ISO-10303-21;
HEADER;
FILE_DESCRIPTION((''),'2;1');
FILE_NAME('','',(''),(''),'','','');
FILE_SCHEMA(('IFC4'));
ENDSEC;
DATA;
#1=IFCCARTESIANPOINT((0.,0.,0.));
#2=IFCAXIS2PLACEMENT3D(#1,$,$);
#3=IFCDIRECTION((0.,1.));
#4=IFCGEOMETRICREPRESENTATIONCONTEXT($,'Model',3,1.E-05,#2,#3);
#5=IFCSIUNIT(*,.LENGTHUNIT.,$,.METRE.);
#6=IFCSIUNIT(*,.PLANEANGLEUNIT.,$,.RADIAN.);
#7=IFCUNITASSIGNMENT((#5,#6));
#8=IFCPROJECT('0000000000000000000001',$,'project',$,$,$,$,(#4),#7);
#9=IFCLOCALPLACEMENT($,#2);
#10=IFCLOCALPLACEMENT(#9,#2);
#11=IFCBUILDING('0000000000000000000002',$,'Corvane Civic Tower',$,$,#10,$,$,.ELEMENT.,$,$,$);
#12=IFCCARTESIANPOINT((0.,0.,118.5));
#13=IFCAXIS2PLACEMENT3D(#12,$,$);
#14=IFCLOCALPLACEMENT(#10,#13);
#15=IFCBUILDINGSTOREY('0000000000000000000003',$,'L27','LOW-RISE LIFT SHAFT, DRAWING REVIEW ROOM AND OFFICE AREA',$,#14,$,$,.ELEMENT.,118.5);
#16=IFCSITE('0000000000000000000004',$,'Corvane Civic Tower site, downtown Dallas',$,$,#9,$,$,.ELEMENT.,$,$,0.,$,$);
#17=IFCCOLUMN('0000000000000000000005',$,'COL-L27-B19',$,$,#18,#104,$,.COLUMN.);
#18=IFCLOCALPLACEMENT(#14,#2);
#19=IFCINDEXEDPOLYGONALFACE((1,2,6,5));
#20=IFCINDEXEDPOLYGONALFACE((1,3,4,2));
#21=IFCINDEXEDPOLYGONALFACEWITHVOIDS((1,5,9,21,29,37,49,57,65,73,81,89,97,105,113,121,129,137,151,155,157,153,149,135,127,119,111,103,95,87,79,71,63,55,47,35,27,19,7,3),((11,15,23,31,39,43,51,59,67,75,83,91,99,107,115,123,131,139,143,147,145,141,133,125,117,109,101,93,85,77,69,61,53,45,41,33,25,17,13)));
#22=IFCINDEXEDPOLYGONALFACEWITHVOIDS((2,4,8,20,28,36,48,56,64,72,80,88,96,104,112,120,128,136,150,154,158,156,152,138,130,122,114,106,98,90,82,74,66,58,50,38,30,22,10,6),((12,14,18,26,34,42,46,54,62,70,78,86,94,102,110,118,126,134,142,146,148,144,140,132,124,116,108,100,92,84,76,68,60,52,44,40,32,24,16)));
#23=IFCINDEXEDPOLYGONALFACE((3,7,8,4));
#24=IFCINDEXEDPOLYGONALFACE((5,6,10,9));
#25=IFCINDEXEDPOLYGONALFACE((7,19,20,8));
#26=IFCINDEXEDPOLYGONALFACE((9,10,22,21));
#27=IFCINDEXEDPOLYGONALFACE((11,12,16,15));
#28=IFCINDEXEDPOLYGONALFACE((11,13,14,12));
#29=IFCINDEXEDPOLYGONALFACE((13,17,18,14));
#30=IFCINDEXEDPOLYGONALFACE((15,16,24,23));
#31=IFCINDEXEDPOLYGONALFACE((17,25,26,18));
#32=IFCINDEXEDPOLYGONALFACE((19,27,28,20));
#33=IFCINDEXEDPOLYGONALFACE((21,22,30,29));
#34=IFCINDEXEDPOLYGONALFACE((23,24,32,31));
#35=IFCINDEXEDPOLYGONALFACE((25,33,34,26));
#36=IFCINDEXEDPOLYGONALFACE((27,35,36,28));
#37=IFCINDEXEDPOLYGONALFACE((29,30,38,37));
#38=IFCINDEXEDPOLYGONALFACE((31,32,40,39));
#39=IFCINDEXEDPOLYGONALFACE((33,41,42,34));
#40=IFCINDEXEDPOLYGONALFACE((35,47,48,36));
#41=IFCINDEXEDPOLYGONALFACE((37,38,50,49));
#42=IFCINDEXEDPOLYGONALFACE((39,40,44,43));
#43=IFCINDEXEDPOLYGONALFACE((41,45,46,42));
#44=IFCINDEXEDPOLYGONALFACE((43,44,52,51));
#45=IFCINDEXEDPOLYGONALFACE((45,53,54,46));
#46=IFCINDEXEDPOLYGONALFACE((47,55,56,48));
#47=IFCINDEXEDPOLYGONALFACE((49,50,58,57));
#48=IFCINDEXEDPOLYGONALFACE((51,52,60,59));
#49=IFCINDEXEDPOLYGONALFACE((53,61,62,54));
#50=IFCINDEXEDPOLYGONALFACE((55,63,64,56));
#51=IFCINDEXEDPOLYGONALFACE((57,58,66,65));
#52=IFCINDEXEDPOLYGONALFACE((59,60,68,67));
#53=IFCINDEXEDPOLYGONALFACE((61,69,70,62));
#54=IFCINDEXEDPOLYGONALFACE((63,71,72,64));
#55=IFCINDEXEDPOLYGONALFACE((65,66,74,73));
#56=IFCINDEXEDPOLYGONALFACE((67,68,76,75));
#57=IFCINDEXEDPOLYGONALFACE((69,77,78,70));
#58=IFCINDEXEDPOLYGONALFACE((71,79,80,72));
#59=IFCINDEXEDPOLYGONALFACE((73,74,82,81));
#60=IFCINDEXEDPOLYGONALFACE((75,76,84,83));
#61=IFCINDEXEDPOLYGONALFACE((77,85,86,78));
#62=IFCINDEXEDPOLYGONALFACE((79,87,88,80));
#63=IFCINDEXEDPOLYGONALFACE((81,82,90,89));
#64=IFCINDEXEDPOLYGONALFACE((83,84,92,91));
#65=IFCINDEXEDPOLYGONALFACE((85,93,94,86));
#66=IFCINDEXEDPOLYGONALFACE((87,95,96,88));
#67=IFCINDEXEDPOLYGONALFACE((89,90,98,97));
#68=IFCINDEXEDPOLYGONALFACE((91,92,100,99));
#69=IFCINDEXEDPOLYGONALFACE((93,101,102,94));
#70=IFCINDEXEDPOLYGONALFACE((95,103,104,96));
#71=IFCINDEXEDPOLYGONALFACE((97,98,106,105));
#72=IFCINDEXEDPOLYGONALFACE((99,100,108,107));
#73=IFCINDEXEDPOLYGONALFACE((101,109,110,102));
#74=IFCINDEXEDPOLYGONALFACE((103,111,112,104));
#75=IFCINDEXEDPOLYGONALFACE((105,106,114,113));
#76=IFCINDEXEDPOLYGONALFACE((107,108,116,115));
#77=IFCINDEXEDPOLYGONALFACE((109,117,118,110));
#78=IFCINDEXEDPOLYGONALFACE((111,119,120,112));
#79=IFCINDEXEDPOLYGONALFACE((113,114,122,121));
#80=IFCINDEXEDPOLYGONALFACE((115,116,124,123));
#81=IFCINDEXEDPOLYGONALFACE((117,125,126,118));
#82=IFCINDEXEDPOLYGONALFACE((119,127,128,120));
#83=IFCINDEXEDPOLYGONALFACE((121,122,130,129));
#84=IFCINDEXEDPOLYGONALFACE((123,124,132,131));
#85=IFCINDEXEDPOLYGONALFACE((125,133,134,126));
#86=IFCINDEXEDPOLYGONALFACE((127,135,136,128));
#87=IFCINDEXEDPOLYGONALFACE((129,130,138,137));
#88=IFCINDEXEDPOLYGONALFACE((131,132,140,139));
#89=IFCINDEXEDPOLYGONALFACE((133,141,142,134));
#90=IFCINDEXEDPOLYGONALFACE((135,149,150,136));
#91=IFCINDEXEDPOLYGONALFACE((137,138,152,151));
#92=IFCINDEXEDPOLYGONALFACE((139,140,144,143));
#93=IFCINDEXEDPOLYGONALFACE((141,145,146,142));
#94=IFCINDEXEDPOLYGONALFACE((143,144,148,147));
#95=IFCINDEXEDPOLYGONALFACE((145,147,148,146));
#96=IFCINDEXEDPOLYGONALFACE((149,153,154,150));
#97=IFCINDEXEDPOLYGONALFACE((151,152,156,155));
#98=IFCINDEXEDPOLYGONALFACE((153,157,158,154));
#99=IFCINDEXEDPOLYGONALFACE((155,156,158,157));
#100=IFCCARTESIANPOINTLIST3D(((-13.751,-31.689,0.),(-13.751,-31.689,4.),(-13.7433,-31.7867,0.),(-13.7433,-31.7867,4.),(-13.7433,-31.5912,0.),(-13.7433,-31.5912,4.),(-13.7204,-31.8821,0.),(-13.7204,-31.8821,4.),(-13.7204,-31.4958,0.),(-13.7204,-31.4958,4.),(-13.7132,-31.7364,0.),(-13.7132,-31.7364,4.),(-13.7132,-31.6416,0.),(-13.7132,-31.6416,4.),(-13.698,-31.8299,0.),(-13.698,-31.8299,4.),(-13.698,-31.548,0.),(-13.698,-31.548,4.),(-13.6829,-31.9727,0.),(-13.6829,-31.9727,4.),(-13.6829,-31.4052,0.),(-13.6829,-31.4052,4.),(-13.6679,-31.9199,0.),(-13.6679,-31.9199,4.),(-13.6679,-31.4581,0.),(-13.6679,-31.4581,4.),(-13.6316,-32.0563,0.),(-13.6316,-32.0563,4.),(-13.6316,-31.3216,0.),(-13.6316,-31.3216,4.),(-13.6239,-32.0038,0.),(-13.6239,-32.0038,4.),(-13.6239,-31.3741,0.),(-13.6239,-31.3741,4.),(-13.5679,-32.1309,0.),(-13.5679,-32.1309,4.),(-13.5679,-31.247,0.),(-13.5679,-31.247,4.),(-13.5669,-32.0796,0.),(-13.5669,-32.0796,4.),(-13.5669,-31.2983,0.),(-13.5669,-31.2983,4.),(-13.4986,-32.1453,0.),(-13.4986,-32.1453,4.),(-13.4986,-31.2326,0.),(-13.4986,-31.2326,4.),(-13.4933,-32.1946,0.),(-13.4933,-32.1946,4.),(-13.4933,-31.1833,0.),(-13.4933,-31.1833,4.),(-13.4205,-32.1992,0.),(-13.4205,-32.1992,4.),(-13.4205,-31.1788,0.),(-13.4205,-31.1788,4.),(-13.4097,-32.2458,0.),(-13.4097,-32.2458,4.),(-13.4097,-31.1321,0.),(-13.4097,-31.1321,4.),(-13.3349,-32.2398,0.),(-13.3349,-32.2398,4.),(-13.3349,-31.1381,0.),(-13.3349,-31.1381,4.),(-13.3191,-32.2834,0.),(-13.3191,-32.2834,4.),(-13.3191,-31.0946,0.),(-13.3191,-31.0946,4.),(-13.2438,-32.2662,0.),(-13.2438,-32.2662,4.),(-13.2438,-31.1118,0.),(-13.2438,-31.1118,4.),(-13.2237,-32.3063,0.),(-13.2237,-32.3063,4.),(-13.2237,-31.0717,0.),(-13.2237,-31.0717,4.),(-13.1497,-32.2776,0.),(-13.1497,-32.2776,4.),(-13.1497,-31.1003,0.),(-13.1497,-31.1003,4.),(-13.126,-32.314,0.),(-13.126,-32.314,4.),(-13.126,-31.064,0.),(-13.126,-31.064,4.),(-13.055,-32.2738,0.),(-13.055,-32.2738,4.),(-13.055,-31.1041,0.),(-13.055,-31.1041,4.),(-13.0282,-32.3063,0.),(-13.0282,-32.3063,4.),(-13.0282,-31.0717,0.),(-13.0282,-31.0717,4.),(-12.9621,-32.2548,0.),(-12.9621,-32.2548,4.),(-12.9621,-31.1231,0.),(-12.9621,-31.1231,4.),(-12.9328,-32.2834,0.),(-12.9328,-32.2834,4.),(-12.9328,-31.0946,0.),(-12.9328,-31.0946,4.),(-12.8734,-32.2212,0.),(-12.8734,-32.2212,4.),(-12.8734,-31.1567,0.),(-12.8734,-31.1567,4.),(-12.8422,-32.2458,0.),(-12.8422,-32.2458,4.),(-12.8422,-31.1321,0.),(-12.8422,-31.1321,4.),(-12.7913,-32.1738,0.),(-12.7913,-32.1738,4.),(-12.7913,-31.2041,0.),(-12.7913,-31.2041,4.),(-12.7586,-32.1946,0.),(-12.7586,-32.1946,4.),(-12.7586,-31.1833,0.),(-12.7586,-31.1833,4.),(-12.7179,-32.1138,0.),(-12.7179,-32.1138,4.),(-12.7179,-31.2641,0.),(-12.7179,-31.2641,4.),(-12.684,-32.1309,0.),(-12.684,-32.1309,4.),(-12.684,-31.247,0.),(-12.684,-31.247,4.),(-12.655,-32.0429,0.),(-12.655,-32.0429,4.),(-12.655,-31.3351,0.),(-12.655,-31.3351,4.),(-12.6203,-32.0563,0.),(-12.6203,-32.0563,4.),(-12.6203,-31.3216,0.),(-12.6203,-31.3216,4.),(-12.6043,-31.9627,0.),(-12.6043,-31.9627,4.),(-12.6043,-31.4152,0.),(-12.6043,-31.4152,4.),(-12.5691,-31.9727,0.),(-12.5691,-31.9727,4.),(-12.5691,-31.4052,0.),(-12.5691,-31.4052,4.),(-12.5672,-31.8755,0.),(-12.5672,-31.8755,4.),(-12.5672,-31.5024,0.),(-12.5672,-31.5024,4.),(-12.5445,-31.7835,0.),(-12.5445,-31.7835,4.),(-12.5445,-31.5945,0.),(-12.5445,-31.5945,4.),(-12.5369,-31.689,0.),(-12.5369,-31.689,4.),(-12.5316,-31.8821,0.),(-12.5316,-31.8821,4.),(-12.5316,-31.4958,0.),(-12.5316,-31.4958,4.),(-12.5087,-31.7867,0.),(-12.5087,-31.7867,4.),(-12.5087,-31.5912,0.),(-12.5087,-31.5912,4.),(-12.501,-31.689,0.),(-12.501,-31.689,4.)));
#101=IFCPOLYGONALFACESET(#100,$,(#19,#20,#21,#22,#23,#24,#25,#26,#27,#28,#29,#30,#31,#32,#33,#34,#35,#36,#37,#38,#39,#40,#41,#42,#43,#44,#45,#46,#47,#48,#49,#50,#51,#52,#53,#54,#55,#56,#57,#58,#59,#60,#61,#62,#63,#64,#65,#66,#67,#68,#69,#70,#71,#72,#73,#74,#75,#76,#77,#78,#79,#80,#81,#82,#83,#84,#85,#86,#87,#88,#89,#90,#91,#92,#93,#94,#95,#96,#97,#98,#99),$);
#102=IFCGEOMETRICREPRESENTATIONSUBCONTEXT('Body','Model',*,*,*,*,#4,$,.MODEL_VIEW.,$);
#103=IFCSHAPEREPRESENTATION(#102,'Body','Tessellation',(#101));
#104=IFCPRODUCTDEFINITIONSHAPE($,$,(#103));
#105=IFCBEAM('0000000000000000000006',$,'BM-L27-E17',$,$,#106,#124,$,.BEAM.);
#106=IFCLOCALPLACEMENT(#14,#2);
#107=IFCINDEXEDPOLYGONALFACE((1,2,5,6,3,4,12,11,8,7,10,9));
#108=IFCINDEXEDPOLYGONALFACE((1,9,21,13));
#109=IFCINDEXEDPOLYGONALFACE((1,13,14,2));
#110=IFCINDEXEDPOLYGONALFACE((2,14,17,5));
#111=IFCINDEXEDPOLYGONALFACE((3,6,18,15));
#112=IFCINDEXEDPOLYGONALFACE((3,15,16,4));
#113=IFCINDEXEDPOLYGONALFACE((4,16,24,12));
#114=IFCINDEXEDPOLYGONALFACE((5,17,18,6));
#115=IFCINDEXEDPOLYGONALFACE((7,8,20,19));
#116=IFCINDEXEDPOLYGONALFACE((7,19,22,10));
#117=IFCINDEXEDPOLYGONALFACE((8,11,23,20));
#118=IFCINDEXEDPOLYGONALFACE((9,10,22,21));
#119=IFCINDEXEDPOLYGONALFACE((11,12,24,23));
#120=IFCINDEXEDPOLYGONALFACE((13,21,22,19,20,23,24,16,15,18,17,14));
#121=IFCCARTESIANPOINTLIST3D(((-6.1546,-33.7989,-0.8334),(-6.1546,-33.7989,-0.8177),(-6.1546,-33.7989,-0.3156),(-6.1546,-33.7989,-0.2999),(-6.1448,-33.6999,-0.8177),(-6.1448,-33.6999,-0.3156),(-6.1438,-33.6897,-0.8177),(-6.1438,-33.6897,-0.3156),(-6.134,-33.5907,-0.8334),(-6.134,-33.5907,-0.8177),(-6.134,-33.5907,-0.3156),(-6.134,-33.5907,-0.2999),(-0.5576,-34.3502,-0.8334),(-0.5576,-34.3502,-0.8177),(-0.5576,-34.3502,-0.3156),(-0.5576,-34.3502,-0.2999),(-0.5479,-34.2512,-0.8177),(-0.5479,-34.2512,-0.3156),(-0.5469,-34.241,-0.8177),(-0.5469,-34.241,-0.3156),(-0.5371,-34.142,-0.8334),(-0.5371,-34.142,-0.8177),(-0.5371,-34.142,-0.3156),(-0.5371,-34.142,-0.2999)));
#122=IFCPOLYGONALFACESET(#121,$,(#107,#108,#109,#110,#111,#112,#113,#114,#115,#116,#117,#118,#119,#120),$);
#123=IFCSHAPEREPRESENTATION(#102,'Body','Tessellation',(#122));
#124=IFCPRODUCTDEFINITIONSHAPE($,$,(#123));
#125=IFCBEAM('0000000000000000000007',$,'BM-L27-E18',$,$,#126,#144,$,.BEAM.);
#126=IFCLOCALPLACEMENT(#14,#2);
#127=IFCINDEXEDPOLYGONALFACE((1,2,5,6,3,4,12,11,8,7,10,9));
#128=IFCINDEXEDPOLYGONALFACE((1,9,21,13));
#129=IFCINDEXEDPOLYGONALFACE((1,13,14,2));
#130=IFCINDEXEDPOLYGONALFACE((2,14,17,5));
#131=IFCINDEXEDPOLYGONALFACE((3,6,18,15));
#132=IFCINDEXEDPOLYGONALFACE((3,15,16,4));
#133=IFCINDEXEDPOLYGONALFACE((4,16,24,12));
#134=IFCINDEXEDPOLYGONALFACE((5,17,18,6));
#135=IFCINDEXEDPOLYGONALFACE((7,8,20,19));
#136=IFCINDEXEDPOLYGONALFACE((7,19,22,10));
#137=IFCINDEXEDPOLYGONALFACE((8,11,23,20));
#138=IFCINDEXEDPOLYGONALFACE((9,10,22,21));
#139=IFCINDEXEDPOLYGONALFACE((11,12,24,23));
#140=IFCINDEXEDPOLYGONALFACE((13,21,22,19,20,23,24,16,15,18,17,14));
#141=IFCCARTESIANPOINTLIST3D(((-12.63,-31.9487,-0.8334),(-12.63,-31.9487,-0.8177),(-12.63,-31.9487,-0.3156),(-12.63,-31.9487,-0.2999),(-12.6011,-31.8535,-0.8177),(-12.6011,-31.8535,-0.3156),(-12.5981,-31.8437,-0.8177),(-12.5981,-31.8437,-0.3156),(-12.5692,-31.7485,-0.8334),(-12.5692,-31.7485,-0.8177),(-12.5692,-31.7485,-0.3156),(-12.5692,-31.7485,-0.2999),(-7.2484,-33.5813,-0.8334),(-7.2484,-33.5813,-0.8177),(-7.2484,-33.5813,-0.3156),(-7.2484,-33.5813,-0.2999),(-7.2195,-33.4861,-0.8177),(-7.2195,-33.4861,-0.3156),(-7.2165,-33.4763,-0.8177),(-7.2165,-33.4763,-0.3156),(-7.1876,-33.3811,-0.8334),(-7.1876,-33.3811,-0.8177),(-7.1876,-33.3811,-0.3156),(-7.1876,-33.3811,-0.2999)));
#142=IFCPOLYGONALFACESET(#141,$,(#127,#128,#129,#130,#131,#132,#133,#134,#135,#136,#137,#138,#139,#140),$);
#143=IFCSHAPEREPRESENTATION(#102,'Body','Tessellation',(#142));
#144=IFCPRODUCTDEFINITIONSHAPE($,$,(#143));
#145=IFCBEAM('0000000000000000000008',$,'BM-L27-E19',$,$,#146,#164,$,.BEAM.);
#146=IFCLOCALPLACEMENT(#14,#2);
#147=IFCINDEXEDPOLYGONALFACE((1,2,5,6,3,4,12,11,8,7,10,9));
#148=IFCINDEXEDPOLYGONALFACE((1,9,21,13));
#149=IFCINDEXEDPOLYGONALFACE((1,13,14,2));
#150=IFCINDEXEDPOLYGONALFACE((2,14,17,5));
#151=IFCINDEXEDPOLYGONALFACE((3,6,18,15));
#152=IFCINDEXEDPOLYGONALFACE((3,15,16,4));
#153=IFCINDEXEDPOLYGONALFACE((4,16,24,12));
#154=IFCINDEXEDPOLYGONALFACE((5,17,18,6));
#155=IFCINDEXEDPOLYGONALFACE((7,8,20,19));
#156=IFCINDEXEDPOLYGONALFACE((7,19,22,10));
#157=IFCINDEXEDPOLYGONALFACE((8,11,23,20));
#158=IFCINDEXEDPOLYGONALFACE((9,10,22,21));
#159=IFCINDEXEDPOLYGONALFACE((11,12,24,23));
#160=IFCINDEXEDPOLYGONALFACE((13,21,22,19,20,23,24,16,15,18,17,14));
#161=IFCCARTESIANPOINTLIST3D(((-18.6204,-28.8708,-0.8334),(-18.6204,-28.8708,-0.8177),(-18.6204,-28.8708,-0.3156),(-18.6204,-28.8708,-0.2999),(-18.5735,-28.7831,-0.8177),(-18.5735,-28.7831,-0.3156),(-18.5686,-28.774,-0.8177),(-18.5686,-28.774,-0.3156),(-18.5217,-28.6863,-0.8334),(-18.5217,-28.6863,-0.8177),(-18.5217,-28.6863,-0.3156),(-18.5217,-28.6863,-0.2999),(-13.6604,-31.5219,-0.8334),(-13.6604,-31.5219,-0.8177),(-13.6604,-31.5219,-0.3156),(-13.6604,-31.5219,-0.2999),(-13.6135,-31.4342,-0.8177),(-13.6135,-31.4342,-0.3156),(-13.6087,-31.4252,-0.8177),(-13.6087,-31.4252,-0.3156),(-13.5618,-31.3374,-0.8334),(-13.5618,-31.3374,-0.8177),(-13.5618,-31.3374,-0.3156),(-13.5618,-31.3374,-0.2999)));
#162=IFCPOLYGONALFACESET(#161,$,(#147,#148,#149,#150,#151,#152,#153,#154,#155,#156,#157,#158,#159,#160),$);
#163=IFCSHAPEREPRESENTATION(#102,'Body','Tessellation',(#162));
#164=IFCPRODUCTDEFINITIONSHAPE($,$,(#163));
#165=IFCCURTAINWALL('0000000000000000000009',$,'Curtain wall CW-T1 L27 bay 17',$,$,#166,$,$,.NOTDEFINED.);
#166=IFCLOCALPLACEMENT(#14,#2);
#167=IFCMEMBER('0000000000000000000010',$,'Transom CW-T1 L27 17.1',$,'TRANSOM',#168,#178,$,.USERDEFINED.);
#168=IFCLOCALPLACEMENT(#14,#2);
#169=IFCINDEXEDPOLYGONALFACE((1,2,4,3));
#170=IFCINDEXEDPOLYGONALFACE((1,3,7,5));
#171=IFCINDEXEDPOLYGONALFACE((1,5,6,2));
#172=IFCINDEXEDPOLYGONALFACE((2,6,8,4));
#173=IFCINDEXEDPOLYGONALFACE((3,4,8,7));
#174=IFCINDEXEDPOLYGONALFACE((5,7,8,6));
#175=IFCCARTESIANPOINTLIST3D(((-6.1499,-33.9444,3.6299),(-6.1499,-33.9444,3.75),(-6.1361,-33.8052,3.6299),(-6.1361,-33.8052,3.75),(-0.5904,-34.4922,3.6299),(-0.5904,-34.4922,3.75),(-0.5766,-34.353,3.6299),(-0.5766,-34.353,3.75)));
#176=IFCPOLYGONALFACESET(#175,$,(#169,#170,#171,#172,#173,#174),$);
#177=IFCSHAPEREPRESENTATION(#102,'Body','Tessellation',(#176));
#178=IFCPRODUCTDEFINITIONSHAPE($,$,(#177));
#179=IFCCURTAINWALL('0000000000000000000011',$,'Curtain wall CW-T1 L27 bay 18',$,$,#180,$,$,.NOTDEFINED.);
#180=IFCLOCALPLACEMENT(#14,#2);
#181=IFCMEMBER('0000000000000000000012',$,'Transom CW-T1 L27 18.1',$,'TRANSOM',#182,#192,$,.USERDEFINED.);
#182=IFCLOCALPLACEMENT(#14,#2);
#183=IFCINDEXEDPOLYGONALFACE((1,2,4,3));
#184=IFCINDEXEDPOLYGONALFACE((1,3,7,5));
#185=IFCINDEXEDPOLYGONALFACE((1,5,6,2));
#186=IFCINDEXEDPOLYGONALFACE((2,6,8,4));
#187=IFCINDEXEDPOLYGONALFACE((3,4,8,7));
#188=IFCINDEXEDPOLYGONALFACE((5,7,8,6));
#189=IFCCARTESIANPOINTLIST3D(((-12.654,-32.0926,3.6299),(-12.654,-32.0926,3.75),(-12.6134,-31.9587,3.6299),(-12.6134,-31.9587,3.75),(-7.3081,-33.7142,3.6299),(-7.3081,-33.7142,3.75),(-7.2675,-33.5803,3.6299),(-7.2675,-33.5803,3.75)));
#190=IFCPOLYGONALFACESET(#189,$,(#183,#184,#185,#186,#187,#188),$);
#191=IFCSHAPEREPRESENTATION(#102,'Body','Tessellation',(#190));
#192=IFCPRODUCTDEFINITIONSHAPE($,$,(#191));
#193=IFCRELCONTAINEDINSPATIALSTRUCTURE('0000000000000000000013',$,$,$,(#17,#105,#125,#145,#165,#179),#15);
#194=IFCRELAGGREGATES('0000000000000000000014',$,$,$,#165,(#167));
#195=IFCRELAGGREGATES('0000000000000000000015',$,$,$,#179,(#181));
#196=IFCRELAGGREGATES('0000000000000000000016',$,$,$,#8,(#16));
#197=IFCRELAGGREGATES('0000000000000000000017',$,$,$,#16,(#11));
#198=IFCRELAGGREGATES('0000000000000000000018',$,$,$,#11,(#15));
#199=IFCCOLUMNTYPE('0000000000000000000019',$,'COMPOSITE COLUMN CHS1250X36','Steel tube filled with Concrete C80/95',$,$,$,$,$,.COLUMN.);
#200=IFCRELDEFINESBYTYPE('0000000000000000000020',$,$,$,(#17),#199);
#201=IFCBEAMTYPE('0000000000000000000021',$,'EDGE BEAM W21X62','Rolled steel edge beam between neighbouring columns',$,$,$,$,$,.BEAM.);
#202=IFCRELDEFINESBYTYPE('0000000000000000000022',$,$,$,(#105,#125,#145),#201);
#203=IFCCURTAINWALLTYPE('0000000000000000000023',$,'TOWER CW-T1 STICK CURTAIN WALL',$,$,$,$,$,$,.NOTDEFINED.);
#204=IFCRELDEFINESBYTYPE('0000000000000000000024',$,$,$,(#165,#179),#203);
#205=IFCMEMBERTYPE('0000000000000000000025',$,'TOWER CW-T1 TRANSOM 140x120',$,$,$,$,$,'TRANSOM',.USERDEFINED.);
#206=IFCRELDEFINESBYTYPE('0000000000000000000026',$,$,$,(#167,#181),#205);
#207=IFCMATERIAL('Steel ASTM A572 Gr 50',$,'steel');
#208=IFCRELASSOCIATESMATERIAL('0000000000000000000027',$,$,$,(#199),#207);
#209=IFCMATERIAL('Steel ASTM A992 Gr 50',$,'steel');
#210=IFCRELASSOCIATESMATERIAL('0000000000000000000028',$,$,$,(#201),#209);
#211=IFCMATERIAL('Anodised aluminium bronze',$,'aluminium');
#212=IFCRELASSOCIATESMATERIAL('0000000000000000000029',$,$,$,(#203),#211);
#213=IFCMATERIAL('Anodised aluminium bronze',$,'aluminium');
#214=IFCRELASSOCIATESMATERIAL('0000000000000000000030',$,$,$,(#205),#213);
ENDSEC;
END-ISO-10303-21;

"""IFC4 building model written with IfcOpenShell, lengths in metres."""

from ifc_helpers import new_model, si_unit, direction, frame, origin, origin_2d, place, context, subcontext, project, spatial, rectangle, hollow_circle, i_section, extrude, material, material_profile, profile_set, type_object, element, aggregate, save


model = new_model("IFC4")

# Units and contexts
model_context = context("Model", 3, precision=1e-05, world=origin(), true_north=direction((0.0, 1.0)))
body_context = subcontext(model_context, "Body", "Model", "MODEL_VIEW")
ifc_project = project(units=[si_unit("LENGTHUNIT", "METRE"), si_unit("PLANEANGLEUNIT", "RADIAN")], contexts=[model_context])

# Site, building, storey
site_placement = place(None, origin())
site = spatial("IfcSite", under=ifc_project, at=site_placement, Name="Corvane Civic Tower site, downtown Dallas", CompositionType="ELEMENT", RefElevation=0.0)
building_placement = place(site_placement, origin())
building = spatial("IfcBuilding", under=site, at=building_placement, Name="Corvane Civic Tower", CompositionType="ELEMENT")
storey_placement = place(building_placement, frame((0.0, 0.0, 118.5)))
storey = spatial("IfcBuildingStorey", under=building, at=storey_placement, Name="L27", Description="LOW-RISE LIFT SHAFT, DRAWING REVIEW ROOM AND OFFICE AREA", CompositionType="ELEMENT", Elevation=118.5)

# Column
ifc_material_1 = material(Name="Steel ASTM A572 Gr 50", Category="steel")
ifc_material_profile_1 = material_profile(ifc_material_1, hollow_circle(Radius=0.625, WallThickness=0.0359, at=origin_2d()), Name="CHS1250X36")
ifc_profile_set_1 = profile_set([ifc_material_profile_1], Name="Steel ASTM A572 Gr 50")
column_type = type_object("IfcColumnType", Name="COMPOSITE COLUMN CHS1250X36", Description="Steel tube filled with Concrete C80/95", PredefinedType="COLUMN", material=ifc_profile_set_1)
for number, where, z_axis, x_axis, name in (
    (1, (-13.126, -31.689, 0.0), (0.0, 0.0, 1.0), (1.0, 0.0, 0.0), "COL-L27-B19"),
):
    element("IfcColumn", number, at=place(storey_placement, frame(where, z_axis=z_axis, x_axis=x_axis)), inside=storey, type_object=column_type, Name=name, PredefinedType="COLUMN", context=body_context, shape_type="SweptSolid", body=[
        extrude(hollow_circle(Radius=0.625, WallThickness=0.0359, at=origin_2d()), origin(), (0.0, 0.0, 1.0), 4.0),
    ])

# Beams
ifc_material_2 = material(Name="Steel ASTM A992 Gr 50", Category="steel")
ifc_material_profile_2 = material_profile(ifc_material_2, i_section(OverallWidth=0.2092, OverallDepth=0.5334, WebThickness=0.0103, FlangeThickness=0.0156, at=origin_2d()), Name="W21X62")
ifc_profile_set_2 = profile_set([ifc_material_profile_2], Name="Steel ASTM A992 Gr 50")
beam_type = type_object("IfcBeamType", Name="EDGE BEAM W21X62", Description="Rolled steel edge beam between neighbouring columns", PredefinedType="BEAM", material=ifc_profile_set_2)
beam_1_placement = place(storey_placement, frame((-0.5474, -34.2461, -0.5667), z_axis=(-0.995184, 0.098021, 0.0), x_axis=(-0.098021, -0.995184, 0.0)))
element("IfcBeam", 2, at=beam_1_placement, inside=storey, type_object=beam_type, Name="BM-L27-E17", PredefinedType="BEAM", context=body_context, shape_type="SweptSolid", body=[
    extrude(i_section(OverallWidth=0.2092, OverallDepth=0.5334, WebThickness=0.0103, FlangeThickness=0.0156, at=origin_2d()), origin(), (0.0, 0.0, 1.0), 5.624),
])
beam_2_placement = place(storey_placement, frame((-7.218, -33.4812, -0.5667), z_axis=(-0.956936, 0.290298, 0.0), x_axis=(-0.290298, -0.956936, 0.0)))
element("IfcBeam", 3, at=beam_2_placement, inside=storey, type_object=beam_type, Name="BM-L27-E18", PredefinedType="BEAM", context=body_context, shape_type="SweptSolid", body=[
    extrude(i_section(OverallWidth=0.2092, OverallDepth=0.5334, WebThickness=0.0103, FlangeThickness=0.0156, at=origin_2d()), origin(), (0.0, 0.0, 1.0), 5.6238),
])
beam_3_placement = place(storey_placement, frame((-13.6111, -31.4297, -0.5667), z_axis=(-0.881924, 0.471392, 0.0), x_axis=(-0.471392, -0.881924, 0.0)))
element("IfcBeam", 4, at=beam_3_placement, inside=storey, type_object=beam_type, Name="BM-L27-E19", PredefinedType="BEAM", context=body_context, shape_type="SweptSolid", body=[
    extrude(i_section(OverallWidth=0.2092, OverallDepth=0.5334, WebThickness=0.0103, FlangeThickness=0.0156, at=origin_2d()), origin(), (0.0, 0.0, 1.0), 5.624),
])

# Curtain walls, members
ifc_material_3 = material(Name="Anodised aluminium bronze", Category="aluminium")
curtain_wall_type = type_object("IfcCurtainWallType", Name="TOWER CW-T1 STICK CURTAIN WALL", PredefinedType="NOTDEFINED", material=ifc_material_3)
curtain_wall_1_placement = place(storey_placement, origin())
curtain_wall_1 = element("IfcCurtainWall", 5, at=curtain_wall_1_placement, inside=storey, type_object=curtain_wall_type, Name="Curtain wall CW-T1 L27 bay 17", PredefinedType="NOTDEFINED")
ifc_material_4 = material(Name="Anodised aluminium bronze", Category="aluminium")
ifc_material_profile_3 = material_profile(ifc_material_4, rectangle(XDim=0.1399, YDim=0.1201, at=origin_2d()), Name="TOWER CW-T1 TRANSOM 140x120")
ifc_profile_set_3 = profile_set([ifc_material_profile_3], Name="Anodised aluminium bronze")
member_type = type_object("IfcMemberType", Name="TOWER CW-T1 TRANSOM 140x120", ElementType="TRANSOM", PredefinedType="USERDEFINED", material=ifc_profile_set_3)
member_1_placement = place(storey_placement, frame((-0.5835, -34.4226, 3.6899), z_axis=(-0.99518, 0.098067, 0.0), x_axis=(-0.098067, -0.99518, 0.0)))
member_1 = element("IfcMember", 6, at=member_1_placement, type_object=member_type, Name="Transom CW-T1 L27 17.1", ObjectType="TRANSOM", PredefinedType="USERDEFINED", context=body_context, shape_type="SweptSolid", body=[
    extrude(rectangle(XDim=0.1399, YDim=0.1201, at=origin_2d()), origin(), (0.0, 0.0, 1.0), 5.5864),
])
curtain_wall_2_placement = place(storey_placement, origin())
curtain_wall_2 = element("IfcCurtainWall", 7, at=curtain_wall_2_placement, inside=storey, type_object=curtain_wall_type, Name="Curtain wall CW-T1 L27 bay 18", PredefinedType="NOTDEFINED")
member_2_placement = place(storey_placement, frame((-7.2878, -33.6472, 3.6899), z_axis=(-0.956945, 0.290269, 0.0), x_axis=(-0.290269, -0.956945, 0.0)))
member_2 = element("IfcMember", 8, at=member_2_placement, type_object=member_type, Name="Transom CW-T1 L27 18.1", ObjectType="TRANSOM", PredefinedType="USERDEFINED", context=body_context, shape_type="SweptSolid", body=[
    extrude(rectangle(XDim=0.1399, YDim=0.1201, at=origin_2d()), origin(), (0.0, 0.0, 1.0), 5.5864),
])

aggregate(curtain_wall_1, [member_1])
aggregate(curtain_wall_2, [member_2])

save(model, "model.ifc")
